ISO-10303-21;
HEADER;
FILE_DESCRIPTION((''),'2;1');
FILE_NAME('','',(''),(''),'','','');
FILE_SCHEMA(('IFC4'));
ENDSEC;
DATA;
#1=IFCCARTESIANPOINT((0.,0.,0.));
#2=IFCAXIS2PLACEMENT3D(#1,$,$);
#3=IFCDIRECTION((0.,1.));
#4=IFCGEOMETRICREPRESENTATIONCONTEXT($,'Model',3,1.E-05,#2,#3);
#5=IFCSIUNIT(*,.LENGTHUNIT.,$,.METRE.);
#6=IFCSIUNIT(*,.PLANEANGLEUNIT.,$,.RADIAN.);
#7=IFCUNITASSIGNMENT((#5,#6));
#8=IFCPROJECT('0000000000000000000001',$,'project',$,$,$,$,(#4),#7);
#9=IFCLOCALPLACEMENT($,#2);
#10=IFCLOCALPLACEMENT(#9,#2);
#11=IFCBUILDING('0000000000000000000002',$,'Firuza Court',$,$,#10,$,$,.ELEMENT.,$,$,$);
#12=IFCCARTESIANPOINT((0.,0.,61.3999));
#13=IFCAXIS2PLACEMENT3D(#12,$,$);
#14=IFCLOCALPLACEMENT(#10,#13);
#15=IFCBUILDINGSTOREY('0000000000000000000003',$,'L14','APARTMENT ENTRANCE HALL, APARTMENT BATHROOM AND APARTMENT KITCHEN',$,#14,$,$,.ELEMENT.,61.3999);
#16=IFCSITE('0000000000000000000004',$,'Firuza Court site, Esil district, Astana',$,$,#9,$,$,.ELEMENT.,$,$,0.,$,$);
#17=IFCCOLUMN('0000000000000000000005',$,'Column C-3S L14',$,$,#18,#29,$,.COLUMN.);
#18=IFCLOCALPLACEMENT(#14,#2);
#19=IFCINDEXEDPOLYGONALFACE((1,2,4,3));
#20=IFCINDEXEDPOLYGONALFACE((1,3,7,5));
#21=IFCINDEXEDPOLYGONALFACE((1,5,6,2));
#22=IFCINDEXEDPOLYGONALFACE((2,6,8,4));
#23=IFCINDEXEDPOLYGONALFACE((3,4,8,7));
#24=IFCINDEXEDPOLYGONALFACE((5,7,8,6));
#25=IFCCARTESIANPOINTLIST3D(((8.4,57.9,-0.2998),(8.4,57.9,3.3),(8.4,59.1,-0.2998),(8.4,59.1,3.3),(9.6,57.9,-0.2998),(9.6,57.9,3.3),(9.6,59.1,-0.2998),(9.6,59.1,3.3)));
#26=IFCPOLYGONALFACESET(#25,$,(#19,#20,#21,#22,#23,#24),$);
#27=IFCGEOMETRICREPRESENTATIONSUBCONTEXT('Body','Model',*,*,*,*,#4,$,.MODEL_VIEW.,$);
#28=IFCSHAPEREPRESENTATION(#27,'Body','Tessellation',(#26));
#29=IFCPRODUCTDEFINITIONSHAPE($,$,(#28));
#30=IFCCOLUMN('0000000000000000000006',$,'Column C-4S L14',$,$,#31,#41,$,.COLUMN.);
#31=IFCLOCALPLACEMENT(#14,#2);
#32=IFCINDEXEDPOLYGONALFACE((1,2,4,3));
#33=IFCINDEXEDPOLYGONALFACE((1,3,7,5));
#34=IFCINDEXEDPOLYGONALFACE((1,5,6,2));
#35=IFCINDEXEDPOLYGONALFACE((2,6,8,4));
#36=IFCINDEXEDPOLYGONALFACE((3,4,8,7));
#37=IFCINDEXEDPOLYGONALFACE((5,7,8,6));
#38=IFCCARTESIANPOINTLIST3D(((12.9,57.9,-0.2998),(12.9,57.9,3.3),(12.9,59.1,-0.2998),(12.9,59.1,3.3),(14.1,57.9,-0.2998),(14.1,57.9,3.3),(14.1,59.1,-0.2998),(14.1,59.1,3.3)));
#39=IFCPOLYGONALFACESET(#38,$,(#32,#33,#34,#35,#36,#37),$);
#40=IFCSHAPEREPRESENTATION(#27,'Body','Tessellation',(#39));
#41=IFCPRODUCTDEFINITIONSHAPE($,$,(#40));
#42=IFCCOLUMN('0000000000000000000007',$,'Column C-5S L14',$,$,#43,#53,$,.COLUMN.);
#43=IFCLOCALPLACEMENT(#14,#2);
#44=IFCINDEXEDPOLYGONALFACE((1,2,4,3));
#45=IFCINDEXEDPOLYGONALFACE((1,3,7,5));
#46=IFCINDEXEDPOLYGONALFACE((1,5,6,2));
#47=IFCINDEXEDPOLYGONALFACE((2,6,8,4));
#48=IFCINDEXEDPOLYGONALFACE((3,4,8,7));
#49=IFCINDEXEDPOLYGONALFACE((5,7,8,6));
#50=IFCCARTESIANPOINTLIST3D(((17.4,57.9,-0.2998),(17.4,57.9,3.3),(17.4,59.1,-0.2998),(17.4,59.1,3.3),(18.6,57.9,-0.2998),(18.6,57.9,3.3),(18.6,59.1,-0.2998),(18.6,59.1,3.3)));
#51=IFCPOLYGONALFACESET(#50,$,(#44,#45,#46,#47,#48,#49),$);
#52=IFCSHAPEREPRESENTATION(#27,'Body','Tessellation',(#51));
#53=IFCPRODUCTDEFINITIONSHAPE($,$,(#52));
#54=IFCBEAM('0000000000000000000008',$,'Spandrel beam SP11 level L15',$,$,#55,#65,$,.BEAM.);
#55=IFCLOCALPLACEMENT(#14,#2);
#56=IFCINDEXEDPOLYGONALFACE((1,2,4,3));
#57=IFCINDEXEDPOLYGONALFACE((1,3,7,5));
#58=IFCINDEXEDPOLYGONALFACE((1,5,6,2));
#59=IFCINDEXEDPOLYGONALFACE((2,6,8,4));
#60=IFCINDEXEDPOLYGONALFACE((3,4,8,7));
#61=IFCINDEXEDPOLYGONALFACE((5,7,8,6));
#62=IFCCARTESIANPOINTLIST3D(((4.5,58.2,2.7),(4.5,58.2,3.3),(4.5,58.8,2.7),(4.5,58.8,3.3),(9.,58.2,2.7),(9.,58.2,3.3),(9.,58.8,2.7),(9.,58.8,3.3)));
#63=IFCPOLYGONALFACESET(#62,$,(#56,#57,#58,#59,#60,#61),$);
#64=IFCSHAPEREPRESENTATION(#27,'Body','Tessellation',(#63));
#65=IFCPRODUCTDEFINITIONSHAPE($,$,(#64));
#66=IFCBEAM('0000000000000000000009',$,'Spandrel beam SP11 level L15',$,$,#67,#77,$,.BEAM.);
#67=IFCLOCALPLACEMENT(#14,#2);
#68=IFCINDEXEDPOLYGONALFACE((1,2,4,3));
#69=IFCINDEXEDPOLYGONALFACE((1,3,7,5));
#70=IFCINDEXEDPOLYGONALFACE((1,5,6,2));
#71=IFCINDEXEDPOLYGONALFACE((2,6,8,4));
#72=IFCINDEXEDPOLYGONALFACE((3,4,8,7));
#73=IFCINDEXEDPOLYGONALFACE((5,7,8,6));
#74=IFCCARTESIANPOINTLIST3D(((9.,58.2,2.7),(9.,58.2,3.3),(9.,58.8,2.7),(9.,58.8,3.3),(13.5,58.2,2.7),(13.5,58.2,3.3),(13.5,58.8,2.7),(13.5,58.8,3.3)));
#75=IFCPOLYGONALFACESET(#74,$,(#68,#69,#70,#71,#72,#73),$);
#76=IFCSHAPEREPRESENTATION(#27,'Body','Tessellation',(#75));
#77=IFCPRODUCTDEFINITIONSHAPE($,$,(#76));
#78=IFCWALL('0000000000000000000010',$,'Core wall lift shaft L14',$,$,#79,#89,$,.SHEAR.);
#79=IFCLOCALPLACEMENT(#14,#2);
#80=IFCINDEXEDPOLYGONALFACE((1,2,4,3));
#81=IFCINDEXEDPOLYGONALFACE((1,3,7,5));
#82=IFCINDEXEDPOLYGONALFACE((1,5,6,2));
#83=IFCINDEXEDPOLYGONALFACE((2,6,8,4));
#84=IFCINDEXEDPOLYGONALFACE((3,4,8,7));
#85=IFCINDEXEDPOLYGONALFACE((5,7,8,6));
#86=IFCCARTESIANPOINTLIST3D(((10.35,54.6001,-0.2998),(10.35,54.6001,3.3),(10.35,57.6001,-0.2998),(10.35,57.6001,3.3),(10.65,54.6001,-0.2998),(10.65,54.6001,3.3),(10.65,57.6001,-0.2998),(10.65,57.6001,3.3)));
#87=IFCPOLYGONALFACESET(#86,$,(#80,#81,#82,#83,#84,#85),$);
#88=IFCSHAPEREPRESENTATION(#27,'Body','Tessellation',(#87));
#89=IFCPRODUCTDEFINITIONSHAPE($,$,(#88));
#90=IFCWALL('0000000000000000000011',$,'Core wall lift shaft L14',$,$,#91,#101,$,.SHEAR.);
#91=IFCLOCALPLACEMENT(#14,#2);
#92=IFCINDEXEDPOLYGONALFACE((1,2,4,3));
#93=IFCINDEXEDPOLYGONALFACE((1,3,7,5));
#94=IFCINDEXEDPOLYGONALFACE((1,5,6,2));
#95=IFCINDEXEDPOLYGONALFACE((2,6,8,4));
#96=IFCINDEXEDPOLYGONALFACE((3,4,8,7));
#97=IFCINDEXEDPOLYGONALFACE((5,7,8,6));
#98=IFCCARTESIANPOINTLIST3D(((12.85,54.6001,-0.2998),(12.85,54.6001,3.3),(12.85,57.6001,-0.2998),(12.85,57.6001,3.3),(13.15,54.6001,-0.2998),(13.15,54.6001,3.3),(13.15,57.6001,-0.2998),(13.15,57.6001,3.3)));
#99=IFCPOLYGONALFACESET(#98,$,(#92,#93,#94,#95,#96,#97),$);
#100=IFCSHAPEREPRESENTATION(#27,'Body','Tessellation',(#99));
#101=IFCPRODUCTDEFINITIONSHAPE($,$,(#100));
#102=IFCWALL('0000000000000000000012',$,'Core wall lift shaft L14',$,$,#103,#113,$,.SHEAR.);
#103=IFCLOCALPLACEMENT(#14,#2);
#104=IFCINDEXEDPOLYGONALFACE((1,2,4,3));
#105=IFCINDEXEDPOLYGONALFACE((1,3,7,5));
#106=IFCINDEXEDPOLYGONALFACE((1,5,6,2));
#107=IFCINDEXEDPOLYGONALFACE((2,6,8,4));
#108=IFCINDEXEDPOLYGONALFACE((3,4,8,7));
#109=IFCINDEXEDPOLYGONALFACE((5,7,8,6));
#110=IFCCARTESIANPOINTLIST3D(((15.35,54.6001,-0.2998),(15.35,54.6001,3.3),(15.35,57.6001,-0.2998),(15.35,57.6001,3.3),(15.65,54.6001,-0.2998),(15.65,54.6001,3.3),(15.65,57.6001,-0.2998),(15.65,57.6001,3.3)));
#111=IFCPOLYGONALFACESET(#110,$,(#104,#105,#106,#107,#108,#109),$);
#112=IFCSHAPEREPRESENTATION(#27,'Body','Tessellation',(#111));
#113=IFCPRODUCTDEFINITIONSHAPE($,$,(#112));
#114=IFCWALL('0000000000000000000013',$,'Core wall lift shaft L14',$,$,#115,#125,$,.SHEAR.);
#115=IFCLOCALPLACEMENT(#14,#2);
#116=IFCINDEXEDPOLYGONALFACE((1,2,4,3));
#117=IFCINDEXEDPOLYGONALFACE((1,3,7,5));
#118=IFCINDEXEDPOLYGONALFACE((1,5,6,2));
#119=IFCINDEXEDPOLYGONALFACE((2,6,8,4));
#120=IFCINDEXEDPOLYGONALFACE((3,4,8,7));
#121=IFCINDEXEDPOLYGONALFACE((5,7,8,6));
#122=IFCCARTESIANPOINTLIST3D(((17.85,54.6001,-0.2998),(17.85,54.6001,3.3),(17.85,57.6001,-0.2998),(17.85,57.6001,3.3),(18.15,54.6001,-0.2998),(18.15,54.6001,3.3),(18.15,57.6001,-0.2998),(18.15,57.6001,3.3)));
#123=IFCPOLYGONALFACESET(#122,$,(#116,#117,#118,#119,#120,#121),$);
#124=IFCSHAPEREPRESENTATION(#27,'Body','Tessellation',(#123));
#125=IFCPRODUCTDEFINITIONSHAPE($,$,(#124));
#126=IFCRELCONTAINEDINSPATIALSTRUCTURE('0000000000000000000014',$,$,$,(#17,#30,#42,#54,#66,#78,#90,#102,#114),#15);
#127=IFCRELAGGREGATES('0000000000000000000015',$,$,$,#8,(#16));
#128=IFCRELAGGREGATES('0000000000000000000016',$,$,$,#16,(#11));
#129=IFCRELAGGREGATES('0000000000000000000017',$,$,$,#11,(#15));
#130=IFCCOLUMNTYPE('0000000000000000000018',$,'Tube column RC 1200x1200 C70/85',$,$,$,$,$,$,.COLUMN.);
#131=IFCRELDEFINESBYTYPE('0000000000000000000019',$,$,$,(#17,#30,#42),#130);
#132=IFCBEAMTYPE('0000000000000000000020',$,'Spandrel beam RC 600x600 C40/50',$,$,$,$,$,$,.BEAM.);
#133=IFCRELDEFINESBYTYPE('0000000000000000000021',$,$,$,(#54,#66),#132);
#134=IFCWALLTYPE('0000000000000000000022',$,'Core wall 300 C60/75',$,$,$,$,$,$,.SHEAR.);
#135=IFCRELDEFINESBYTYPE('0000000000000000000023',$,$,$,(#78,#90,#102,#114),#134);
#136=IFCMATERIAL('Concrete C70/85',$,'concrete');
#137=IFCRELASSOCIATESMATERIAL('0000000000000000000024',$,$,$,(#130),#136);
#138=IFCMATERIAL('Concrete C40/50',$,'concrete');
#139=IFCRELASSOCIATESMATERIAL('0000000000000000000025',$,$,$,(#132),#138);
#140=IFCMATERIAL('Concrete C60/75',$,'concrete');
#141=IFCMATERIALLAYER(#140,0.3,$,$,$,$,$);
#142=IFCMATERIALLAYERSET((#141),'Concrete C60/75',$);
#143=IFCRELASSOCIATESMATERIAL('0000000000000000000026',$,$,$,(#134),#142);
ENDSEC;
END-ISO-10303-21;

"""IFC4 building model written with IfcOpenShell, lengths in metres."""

from ifc_helpers import new_model, si_unit, direction, frame, frame_2d, origin, origin_2d, place, context, subcontext, project, spatial, rectangle, extrude, material, layer, layer_set, material_profile, profile_set, type_object, element, save


model = new_model("IFC4")

# Units and contexts
model_context = context("Model", 3, precision=1e-05, world=origin(), true_north=direction((0.0, 1.0)))
body_context = subcontext(model_context, "Body", "Model", "MODEL_VIEW")
ifc_project = project(units=[si_unit("LENGTHUNIT", "METRE"), si_unit("PLANEANGLEUNIT", "RADIAN")], contexts=[model_context])

# Site, building, storey
site_placement = place(None, origin())
site = spatial("IfcSite", under=ifc_project, at=site_placement, Name="Firuza Court site, Esil district, Astana", CompositionType="ELEMENT", RefElevation=0.0)
building_placement = place(site_placement, origin())
building = spatial("IfcBuilding", under=site, at=building_placement, Name="Firuza Court", CompositionType="ELEMENT")
storey_placement = place(building_placement, frame((0.0, 0.0, 61.3999)))
storey = spatial("IfcBuildingStorey", under=building, at=storey_placement, Name="L14", Description="APARTMENT ENTRANCE HALL, APARTMENT BATHROOM AND APARTMENT KITCHEN", CompositionType="ELEMENT", Elevation=61.3999)

# Columns
ifc_material_1 = material(Name="Concrete C70/85", Category="concrete")
ifc_material_profile_1 = material_profile(ifc_material_1, rectangle(XDim=1.2, YDim=1.2, at=origin_2d()), Name="RC 1200x1200")
ifc_profile_set_1 = profile_set([ifc_material_profile_1], Name="Concrete C70/85")
column_type = type_object("IfcColumnType", Name="Tube column RC 1200x1200 C70/85", PredefinedType="COLUMN", material=ifc_profile_set_1)
for number, where, z_axis, x_axis, name in (
    (1, (9.0, 58.5, -0.2998), (0.0, 0.0, 1.0), (1.0, 0.0, 0.0), "Column C-3S L14"),
    (2, (13.5, 58.5, -0.2998), (0.0, 0.0, 1.0), (1.0, 0.0, 0.0), "Column C-4S L14"),
    (3, (18.0, 58.5, -0.2998), (0.0, 0.0, 1.0), (1.0, 0.0, 0.0), "Column C-5S L14"),
):
    element("IfcColumn", number, at=place(storey_placement, frame(where, z_axis=z_axis, x_axis=x_axis)), inside=storey, type_object=column_type, Name=name, PredefinedType="COLUMN", context=body_context, shape_type="SweptSolid", body=[
        extrude(rectangle(XDim=1.2, YDim=1.2, at=origin_2d()), origin(), (0.0, 0.0, 1.0), 3.5999),
    ])

# Beams
ifc_material_2 = material(Name="Concrete C40/50", Category="concrete")
ifc_material_profile_2 = material_profile(ifc_material_2, rectangle(XDim=0.6001, YDim=0.6001, at=origin_2d()), Name="RC 600x600")
ifc_profile_set_2 = profile_set([ifc_material_profile_2], Name="Concrete C40/50")
beam_type = type_object("IfcBeamType", Name="Spandrel beam RC 600x600 C40/50", PredefinedType="BEAM", material=ifc_profile_set_2)
for number, where, z_axis, x_axis, name in (
    (4, (9.0, 58.5, 3.0), (-1.0, 0.0, 0.0), (0.0, -1.0, 0.0), "Spandrel beam SP11 level L15"),
    (5, (13.5, 58.5, 3.0), (-1.0, 0.0, 0.0), (0.0, -1.0, 0.0), "Spandrel beam SP11 level L15"),
):
    element("IfcBeam", number, at=place(storey_placement, frame(where, z_axis=z_axis, x_axis=x_axis)), inside=storey, type_object=beam_type, Name=name, PredefinedType="BEAM", context=body_context, shape_type="SweptSolid", body=[
        extrude(rectangle(XDim=0.6001, YDim=0.6001, at=origin_2d()), origin(), (0.0, 0.0, 1.0), 4.5),
    ])

# Walls
ifc_material_3 = material(Name="Concrete C60/75", Category="concrete")
ifc_layer_1 = layer(ifc_material_3, 0.3)
ifc_layer_set_1 = layer_set([ifc_layer_1], Name="Concrete C60/75")
wall_type_1 = type_object("IfcWallType", Name="Core wall 300 C60/75", PredefinedType="SHEAR", material=ifc_layer_set_1)
for number, where, z_axis, x_axis, name in (
    (6, (10.5, 54.6001, -0.2998), (0.0, 0.0, 1.0), (0.0, 1.0, 0.0), "Core wall lift shaft L14"),
    (7, (13.0, 54.6001, -0.2998), (0.0, 0.0, 1.0), (0.0, 1.0, 0.0), "Core wall lift shaft L14"),
    (8, (15.5, 54.6001, -0.2998), (0.0, 0.0, 1.0), (0.0, 1.0, 0.0), "Core wall lift shaft L14"),
    (9, (18.0, 54.6001, -0.2998), (0.0, 0.0, 1.0), (0.0, 1.0, 0.0), "Core wall lift shaft L14"),
):
    element("IfcWall", number, at=place(storey_placement, frame(where, z_axis=z_axis, x_axis=x_axis)), inside=storey, type_object=wall_type_1, Name=name, PredefinedType="SHEAR", context=body_context, shape_type="SweptSolid", body=[
        extrude(rectangle(XDim=3.0, YDim=0.3, at=frame_2d((1.5, 0.0))), origin(), (0.0, 0.0, 1.0), 3.5999),
    ])

save(model, "model.ifc")
